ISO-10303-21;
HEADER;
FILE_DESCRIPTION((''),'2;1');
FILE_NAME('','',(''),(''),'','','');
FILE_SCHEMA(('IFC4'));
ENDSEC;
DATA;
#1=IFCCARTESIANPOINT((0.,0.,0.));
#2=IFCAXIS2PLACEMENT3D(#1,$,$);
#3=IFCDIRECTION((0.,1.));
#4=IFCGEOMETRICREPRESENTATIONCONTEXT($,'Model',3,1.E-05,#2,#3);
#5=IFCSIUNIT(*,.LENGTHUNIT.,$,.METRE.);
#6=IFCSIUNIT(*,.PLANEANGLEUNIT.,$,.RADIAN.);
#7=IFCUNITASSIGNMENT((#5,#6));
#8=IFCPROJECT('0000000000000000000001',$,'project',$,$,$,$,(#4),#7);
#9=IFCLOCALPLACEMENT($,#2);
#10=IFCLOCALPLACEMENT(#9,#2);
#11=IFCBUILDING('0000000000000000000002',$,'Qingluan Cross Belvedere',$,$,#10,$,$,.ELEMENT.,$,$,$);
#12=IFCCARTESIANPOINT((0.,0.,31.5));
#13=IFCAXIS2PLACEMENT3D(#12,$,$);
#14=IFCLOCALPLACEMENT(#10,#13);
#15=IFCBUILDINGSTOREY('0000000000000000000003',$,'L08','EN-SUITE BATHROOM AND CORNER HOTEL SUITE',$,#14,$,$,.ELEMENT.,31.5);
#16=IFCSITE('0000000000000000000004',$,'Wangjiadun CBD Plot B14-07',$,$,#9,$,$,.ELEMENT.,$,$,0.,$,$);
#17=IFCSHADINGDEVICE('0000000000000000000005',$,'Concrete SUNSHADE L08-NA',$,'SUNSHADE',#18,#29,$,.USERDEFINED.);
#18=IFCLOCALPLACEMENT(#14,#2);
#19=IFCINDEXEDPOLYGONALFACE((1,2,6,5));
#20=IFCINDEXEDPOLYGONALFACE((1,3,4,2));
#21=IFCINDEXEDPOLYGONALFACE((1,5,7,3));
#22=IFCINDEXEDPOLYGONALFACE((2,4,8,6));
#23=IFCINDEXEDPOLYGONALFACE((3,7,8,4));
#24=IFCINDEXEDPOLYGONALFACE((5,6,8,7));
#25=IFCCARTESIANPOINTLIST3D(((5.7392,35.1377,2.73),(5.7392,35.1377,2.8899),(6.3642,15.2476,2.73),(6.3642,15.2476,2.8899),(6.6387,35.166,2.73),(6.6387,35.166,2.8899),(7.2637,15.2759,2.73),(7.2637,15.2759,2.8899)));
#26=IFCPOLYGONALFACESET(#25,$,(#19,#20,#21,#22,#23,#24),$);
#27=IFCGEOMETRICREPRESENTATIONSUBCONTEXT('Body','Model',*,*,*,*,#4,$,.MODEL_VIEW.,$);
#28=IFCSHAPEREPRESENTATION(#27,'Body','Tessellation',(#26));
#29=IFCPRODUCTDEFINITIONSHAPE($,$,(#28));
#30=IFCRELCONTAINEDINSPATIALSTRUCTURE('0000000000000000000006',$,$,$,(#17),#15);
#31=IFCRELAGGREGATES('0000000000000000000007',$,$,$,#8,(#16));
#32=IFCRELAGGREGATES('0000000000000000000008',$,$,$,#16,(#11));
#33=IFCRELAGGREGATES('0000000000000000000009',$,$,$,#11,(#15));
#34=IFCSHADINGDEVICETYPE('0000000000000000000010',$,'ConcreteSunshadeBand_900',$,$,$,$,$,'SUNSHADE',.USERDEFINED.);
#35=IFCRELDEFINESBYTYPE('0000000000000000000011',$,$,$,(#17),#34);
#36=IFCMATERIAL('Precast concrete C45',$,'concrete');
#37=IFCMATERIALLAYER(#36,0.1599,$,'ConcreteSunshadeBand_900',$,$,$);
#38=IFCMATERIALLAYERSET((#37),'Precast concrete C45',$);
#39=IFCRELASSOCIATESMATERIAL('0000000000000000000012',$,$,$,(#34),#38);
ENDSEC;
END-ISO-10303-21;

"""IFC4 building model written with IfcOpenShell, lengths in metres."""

from ifc_helpers import new_model, si_unit, direction, frame, origin, origin_2d, place, context, subcontext, project, spatial, rectangle, extrude, material, layer, layer_set, type_object, element, save


model = new_model("IFC4")

# Units and contexts
model_context = context("Model", 3, precision=1e-05, world=origin(), true_north=direction((0.0, 1.0)))
body_context = subcontext(model_context, "Body", "Model", "MODEL_VIEW")
ifc_project = project(units=[si_unit("LENGTHUNIT", "METRE"), si_unit("PLANEANGLEUNIT", "RADIAN")], contexts=[model_context])

# Site, building, storey
site_placement = place(None, origin())
site = spatial("IfcSite", under=ifc_project, at=site_placement, Name="Wangjiadun CBD Plot B14-07", CompositionType="ELEMENT", RefElevation=0.0)
building_placement = place(site_placement, origin())
building = spatial("IfcBuilding", under=site, at=building_placement, Name="Qingluan Cross Belvedere", CompositionType="ELEMENT")
storey_placement = place(building_placement, frame((0.0, 0.0, 31.5)))
storey = spatial("IfcBuildingStorey", under=building, at=storey_placement, Name="L08", Description="EN-SUITE BATHROOM AND CORNER HOTEL SUITE", CompositionType="ELEMENT", Elevation=31.5)

# Shading device
ifc_material_1 = material(Name="Precast concrete C45", Category="concrete")
ifc_layer_1 = layer(ifc_material_1, 0.1599, Name="ConcreteSunshadeBand_900")
ifc_layer_set_1 = layer_set([ifc_layer_1], Name="Precast concrete C45")
shading_device_type = type_object("IfcShadingDeviceType", Name="ConcreteSunshadeBand_900", ElementType="SUNSHADE", PredefinedType="USERDEFINED", material=ifc_layer_set_1)
shading_device_placement = place(storey_placement, frame((6.5015, 25.2068, 2.73), z_axis=(0.0, 0.0, 1.0), x_axis=(-0.031408, 0.999507, 0.0)))
element("IfcShadingDevice", 1, at=shading_device_placement, inside=storey, type_object=shading_device_type, Name="Concrete SUNSHADE L08-NA", ObjectType="SUNSHADE", PredefinedType="USERDEFINED", context=body_context, shape_type="SweptSolid", body=[
    extrude(rectangle(XDim=19.8999, YDim=0.8999, at=origin_2d()), origin(), (0.0, 0.0, 1.0), 0.1599),
])

save(model, "model.ifc")
